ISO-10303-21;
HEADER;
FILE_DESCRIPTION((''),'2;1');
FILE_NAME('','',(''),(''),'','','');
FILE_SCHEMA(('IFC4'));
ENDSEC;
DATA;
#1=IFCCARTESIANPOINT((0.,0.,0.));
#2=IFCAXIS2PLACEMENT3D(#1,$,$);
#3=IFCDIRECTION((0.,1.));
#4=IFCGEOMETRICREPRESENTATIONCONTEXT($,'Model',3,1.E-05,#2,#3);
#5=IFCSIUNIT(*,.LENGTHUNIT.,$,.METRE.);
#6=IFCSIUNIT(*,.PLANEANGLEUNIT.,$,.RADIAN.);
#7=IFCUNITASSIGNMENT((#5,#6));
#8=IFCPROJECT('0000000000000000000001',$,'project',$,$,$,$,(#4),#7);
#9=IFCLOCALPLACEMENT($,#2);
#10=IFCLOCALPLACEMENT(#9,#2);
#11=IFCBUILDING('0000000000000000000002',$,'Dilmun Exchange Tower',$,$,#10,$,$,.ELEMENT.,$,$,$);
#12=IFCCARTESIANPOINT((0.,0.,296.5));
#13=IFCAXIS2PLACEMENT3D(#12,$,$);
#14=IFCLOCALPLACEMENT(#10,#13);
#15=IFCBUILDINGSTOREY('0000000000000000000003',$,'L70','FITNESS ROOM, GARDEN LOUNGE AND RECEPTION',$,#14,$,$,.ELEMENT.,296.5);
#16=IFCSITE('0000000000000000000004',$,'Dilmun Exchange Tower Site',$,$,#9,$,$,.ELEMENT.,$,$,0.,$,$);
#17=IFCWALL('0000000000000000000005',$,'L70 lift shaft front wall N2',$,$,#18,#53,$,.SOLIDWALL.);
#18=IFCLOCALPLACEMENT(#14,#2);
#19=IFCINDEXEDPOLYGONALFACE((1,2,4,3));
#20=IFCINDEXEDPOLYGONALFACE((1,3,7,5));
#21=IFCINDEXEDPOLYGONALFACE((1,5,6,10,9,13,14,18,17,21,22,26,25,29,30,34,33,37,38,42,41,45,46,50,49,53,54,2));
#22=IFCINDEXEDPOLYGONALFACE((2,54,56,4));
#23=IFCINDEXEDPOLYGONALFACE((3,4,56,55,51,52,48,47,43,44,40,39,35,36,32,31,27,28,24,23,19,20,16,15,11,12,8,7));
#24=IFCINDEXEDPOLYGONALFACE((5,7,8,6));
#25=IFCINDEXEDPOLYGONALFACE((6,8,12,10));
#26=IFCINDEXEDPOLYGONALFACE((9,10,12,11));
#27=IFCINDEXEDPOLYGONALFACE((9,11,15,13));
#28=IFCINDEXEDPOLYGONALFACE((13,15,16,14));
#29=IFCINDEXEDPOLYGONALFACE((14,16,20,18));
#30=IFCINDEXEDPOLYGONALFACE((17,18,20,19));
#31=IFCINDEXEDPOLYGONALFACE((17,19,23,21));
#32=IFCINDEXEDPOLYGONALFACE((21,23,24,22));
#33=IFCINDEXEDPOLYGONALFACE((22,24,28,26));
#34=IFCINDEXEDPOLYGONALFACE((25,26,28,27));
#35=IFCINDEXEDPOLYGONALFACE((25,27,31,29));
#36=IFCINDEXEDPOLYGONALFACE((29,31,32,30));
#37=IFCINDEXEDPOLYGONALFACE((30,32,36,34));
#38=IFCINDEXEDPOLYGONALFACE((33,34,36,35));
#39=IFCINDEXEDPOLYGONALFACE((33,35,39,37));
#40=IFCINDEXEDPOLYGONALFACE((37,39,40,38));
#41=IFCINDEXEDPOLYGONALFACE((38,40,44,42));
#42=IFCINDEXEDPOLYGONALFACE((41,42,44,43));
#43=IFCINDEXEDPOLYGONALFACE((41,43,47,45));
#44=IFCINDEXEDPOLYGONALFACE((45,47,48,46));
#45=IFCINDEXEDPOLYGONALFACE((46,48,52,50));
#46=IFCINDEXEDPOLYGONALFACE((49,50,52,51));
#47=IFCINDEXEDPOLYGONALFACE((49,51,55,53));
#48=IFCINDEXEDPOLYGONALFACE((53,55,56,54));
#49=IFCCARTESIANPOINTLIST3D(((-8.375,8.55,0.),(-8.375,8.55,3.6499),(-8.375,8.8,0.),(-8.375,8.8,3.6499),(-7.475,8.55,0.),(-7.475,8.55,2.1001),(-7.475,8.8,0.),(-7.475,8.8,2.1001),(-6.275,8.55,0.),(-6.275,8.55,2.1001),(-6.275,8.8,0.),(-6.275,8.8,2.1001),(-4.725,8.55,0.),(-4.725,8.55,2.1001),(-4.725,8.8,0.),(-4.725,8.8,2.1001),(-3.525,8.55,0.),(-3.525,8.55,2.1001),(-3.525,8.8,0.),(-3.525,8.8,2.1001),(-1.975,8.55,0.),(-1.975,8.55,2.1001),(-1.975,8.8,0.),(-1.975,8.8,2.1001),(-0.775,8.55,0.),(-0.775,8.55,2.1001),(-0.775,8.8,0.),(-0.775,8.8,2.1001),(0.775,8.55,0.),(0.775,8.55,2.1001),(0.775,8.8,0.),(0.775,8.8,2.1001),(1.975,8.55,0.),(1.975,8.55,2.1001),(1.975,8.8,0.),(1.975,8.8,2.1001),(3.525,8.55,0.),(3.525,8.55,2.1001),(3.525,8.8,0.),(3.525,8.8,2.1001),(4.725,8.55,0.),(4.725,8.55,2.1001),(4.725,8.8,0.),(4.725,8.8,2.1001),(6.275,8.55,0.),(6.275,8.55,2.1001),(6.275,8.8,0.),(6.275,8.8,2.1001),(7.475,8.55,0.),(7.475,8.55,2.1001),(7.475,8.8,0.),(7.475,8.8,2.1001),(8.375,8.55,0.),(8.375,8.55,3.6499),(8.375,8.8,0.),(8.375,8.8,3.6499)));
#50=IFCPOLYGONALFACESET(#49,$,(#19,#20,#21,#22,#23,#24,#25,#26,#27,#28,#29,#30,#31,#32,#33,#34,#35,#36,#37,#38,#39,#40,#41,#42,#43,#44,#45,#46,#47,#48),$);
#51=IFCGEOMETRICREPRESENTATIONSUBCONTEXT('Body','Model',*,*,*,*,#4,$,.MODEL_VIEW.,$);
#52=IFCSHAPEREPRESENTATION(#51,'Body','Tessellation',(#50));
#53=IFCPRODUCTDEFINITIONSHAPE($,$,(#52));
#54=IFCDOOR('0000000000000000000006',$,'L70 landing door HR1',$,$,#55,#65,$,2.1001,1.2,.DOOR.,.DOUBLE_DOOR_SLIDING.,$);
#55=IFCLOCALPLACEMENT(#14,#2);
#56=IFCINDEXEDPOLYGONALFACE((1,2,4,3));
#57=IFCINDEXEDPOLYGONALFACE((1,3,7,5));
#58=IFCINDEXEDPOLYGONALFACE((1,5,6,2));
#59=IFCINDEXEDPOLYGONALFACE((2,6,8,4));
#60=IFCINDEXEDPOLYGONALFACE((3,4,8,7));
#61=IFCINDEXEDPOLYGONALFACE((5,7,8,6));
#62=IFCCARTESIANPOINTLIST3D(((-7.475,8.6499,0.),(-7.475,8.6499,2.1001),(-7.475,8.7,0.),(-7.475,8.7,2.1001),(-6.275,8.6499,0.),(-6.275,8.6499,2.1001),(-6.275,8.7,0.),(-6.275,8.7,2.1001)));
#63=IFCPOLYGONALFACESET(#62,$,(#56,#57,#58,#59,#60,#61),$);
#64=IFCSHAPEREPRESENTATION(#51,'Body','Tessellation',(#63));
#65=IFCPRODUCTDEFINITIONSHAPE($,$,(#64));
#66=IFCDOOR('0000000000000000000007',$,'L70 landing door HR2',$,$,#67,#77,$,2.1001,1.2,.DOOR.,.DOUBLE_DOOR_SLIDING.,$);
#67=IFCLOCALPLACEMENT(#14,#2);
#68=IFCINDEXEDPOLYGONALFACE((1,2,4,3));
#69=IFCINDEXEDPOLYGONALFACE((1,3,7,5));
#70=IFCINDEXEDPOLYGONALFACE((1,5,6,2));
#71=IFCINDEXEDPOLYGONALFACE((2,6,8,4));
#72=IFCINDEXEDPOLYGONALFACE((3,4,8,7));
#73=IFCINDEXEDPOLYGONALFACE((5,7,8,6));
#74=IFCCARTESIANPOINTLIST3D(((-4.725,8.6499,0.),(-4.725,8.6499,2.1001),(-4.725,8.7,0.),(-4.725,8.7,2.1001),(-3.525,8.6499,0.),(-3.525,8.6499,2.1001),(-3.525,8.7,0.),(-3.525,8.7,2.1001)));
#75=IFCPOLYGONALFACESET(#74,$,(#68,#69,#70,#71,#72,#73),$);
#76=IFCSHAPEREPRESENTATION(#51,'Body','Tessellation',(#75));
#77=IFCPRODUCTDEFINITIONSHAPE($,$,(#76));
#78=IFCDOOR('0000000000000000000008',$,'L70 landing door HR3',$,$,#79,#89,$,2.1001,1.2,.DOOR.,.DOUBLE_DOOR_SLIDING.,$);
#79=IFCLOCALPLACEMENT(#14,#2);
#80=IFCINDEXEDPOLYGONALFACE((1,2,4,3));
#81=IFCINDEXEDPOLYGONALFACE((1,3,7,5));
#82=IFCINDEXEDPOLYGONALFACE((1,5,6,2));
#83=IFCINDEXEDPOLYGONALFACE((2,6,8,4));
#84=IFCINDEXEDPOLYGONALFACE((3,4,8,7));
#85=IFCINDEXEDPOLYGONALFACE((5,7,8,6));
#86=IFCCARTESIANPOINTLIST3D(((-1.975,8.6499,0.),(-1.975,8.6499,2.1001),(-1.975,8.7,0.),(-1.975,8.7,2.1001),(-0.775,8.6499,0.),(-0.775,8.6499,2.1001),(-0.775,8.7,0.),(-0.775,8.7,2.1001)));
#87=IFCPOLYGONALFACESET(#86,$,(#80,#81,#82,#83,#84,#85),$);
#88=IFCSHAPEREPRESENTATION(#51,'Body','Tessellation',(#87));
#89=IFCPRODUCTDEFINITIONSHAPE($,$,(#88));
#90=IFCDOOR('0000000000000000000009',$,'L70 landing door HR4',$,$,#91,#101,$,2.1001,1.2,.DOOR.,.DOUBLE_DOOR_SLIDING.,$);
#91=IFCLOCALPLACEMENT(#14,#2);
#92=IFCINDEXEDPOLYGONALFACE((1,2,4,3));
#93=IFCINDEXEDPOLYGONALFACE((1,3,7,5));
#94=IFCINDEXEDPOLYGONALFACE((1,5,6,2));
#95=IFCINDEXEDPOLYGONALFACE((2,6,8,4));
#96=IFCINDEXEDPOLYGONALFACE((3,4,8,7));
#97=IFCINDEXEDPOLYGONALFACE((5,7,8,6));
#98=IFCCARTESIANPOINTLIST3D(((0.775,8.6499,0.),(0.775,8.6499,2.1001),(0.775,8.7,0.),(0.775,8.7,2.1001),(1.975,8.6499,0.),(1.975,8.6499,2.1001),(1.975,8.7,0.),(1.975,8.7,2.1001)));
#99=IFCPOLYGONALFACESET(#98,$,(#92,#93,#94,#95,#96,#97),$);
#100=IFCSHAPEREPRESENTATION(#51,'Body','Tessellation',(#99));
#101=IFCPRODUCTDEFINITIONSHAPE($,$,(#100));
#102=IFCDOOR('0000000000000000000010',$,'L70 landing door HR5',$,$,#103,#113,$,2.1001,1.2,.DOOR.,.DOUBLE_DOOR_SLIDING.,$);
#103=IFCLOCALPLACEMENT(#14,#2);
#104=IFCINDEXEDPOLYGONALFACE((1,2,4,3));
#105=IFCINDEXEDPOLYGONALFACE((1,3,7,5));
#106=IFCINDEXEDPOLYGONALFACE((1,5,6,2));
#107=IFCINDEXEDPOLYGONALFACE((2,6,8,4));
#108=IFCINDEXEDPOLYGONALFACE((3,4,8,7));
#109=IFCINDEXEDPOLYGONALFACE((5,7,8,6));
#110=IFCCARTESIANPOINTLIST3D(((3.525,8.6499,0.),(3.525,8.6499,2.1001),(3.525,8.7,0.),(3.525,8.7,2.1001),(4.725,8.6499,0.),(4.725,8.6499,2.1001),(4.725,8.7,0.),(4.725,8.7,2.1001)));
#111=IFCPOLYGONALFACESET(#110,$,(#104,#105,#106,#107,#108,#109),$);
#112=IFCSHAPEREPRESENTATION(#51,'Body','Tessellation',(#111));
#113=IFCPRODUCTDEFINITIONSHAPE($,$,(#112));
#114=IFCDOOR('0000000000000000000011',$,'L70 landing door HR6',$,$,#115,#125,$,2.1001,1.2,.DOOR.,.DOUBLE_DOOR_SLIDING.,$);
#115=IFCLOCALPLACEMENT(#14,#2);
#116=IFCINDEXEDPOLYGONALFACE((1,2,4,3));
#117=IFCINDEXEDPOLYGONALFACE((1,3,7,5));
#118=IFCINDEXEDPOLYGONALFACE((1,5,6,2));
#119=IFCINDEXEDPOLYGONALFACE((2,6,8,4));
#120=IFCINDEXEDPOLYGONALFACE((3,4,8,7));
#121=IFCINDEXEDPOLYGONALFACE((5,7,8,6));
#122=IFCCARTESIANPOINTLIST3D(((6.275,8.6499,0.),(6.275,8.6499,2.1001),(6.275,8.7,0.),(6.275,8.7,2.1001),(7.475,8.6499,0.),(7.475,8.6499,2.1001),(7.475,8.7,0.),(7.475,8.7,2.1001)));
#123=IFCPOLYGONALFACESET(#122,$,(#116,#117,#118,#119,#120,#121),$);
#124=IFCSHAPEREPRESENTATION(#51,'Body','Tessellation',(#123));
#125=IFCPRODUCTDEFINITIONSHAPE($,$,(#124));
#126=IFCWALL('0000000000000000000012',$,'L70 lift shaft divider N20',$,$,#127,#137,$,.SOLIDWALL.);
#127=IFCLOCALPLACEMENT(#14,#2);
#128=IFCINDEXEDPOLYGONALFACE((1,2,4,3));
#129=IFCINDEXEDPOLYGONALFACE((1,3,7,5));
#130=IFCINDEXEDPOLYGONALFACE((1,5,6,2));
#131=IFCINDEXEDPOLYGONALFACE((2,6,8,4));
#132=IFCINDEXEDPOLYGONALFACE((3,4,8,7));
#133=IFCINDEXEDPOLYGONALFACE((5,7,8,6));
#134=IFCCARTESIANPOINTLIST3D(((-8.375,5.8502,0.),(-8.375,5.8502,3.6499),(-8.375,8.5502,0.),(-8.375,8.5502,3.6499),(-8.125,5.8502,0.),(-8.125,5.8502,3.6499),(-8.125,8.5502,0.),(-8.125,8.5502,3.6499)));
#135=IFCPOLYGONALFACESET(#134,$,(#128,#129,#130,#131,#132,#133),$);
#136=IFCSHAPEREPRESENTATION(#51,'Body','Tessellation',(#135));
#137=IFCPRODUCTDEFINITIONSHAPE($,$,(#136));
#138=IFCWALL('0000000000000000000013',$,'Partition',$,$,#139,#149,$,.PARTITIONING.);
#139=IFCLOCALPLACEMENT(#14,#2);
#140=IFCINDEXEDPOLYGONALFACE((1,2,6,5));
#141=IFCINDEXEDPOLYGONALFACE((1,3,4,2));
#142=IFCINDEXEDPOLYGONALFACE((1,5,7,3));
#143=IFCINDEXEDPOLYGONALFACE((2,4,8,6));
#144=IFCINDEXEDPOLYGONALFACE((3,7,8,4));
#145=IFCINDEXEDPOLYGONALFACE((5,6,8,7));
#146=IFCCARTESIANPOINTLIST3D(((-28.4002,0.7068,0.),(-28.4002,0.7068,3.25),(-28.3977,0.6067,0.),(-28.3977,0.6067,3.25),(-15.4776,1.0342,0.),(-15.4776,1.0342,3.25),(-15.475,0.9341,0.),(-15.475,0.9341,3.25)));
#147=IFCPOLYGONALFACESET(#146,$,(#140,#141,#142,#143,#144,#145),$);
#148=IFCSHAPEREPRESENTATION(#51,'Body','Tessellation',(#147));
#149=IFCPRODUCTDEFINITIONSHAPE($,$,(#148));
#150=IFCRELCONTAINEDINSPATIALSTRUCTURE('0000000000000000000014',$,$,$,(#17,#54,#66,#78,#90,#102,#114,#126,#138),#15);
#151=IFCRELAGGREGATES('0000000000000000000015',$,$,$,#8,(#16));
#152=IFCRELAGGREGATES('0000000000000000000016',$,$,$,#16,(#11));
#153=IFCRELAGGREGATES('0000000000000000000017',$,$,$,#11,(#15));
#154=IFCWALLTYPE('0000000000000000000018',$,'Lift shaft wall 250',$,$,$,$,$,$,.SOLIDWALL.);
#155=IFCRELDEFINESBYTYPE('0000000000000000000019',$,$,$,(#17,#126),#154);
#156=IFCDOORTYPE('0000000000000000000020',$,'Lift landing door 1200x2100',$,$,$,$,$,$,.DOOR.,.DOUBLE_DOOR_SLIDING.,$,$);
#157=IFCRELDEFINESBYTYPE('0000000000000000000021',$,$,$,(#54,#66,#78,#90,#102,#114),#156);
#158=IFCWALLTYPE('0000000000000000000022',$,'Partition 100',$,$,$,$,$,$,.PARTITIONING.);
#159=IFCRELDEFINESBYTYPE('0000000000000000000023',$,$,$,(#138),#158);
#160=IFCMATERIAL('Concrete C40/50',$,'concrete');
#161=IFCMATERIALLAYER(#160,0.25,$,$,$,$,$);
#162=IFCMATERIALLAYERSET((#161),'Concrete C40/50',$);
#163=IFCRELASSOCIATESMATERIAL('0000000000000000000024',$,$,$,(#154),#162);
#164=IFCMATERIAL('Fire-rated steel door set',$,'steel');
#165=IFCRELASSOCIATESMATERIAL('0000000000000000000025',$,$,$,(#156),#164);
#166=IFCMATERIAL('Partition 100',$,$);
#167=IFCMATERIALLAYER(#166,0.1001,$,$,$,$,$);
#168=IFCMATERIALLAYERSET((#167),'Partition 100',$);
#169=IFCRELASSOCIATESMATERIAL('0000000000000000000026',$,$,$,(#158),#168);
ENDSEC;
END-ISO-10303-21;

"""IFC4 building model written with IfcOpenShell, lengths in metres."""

from ifc_helpers import new_model, si_unit, direction, frame, frame_2d, origin, place, context, subcontext, project, spatial, rectangle, extrude, material, layer, layer_set, type_object, element, fill, save


model = new_model("IFC4")

# Units and contexts
model_context = context("Model", 3, precision=1e-05, world=origin(), true_north=direction((0.0, 1.0)))
body_context = subcontext(model_context, "Body", "Model", "MODEL_VIEW")
ifc_project = project(units=[si_unit("LENGTHUNIT", "METRE"), si_unit("PLANEANGLEUNIT", "RADIAN")], contexts=[model_context])

# Site, building, storey
site_placement = place(None, origin())
site = spatial("IfcSite", under=ifc_project, at=site_placement, Name="Dilmun Exchange Tower Site", CompositionType="ELEMENT", RefElevation=0.0)
building_placement = place(site_placement, origin())
building = spatial("IfcBuilding", under=site, at=building_placement, Name="Dilmun Exchange Tower", CompositionType="ELEMENT")
storey_placement = place(building_placement, frame((0.0, 0.0, 296.5)))
storey = spatial("IfcBuildingStorey", under=building, at=storey_placement, Name="L70", Description="FITNESS ROOM, GARDEN LOUNGE AND RECEPTION", CompositionType="ELEMENT", Elevation=296.5)

# Shared definitions
ifc_material_1 = material(Name="Concrete C40/50", Category="concrete")

# Shared definitions
ifc_material_2 = material(Name="Fire-rated steel door set", Category="steel")

# Wall, openings, doors
ifc_layer_1 = layer(ifc_material_1, 0.25)
ifc_layer_set_1 = layer_set([ifc_layer_1], Name="Concrete C40/50")
wall_type_1 = type_object("IfcWallType", Name="Lift shaft wall 250", PredefinedType="SOLIDWALL", material=ifc_layer_set_1)
wall_1_placement = place(storey_placement, frame((-8.375, 8.675, 0.0), z_axis=(0.0, 0.0, 1.0), x_axis=(1.0, 0.0, 0.0)))
wall_1 = element("IfcWall", 1, at=wall_1_placement, inside=storey, type_object=wall_type_1, Name="L70 lift shaft front wall N2", PredefinedType="SOLIDWALL", context=body_context, shape_type="SweptSolid", body=[
    extrude(rectangle(XDim=16.75, YDim=0.25, at=frame_2d((8.375, 0.0))), origin(), (0.0, 0.0, 1.0), 3.6499),
])
opening_1_placement = place(wall_1_placement, frame((0.8999, 0.0, 0.0)))
opening_1 = element("IfcOpeningElement", 2, at=opening_1_placement, cuts=wall_1, PredefinedType="OPENING", context=body_context, shape_type="SweptSolid", body=[
    extrude(rectangle(XDim=1.2, YDim=2.1001, at=frame_2d((0.6001, 1.05))), frame((0.0, 0.135, 0.0), z_axis=(0.0, -1.0, 0.0), x_axis=(1.0, 0.0, 0.0)), (0.0, 0.0, 1.0), 0.27),
])
opening_2_placement = place(wall_1_placement, frame((3.6499, 0.0, 0.0)))
opening_2 = element("IfcOpeningElement", 3, at=opening_2_placement, cuts=wall_1, PredefinedType="OPENING", context=body_context, shape_type="SweptSolid", body=[
    extrude(rectangle(XDim=1.2, YDim=2.1001, at=frame_2d((0.6001, 1.05))), frame((0.0, 0.135, 0.0), z_axis=(0.0, -1.0, 0.0), x_axis=(1.0, 0.0, 0.0)), (0.0, 0.0, 1.0), 0.27),
])
opening_3_placement = place(wall_1_placement, frame((6.3999, 0.0, 0.0)))
opening_3 = element("IfcOpeningElement", 4, at=opening_3_placement, cuts=wall_1, PredefinedType="OPENING", context=body_context, shape_type="SweptSolid", body=[
    extrude(rectangle(XDim=1.2, YDim=2.1001, at=frame_2d((0.6001, 1.05))), frame((0.0, 0.135, 0.0), z_axis=(0.0, -1.0, 0.0), x_axis=(1.0, 0.0, 0.0)), (0.0, 0.0, 1.0), 0.27),
])
opening_4_placement = place(wall_1_placement, frame((9.1499, 0.0, 0.0)))
opening_4 = element("IfcOpeningElement", 5, at=opening_4_placement, cuts=wall_1, PredefinedType="OPENING", context=body_context, shape_type="SweptSolid", body=[
    extrude(rectangle(XDim=1.2, YDim=2.1001, at=frame_2d((0.6001, 1.05))), frame((0.0, 0.135, 0.0), z_axis=(0.0, -1.0, 0.0), x_axis=(1.0, 0.0, 0.0)), (0.0, 0.0, 1.0), 0.27),
])
opening_5_placement = place(wall_1_placement, frame((11.8999, 0.0, 0.0)))
opening_5 = element("IfcOpeningElement", 6, at=opening_5_placement, cuts=wall_1, PredefinedType="OPENING", context=body_context, shape_type="SweptSolid", body=[
    extrude(rectangle(XDim=1.2, YDim=2.1001, at=frame_2d((0.6001, 1.05))), frame((0.0, 0.135, 0.0), z_axis=(0.0, -1.0, 0.0), x_axis=(1.0, 0.0, 0.0)), (0.0, 0.0, 1.0), 0.27),
])
opening_6_placement = place(wall_1_placement, frame((14.6499, 0.0, 0.0)))
opening_6 = element("IfcOpeningElement", 7, at=opening_6_placement, cuts=wall_1, PredefinedType="OPENING", context=body_context, shape_type="SweptSolid", body=[
    extrude(rectangle(XDim=1.2, YDim=2.1001, at=frame_2d((0.6001, 1.05))), frame((0.0, 0.135, 0.0), z_axis=(0.0, -1.0, 0.0), x_axis=(1.0, 0.0, 0.0)), (0.0, 0.0, 1.0), 0.27),
])
door_type_1 = type_object("IfcDoorType", Name="Lift landing door 1200x2100", OperationType="DOUBLE_DOOR_SLIDING", PredefinedType="DOOR", material=ifc_material_2)
door_1_placement = place(opening_1_placement, origin())
door_1 = element("IfcDoor", 8, at=door_1_placement, inside=storey, type_object=door_type_1, Name="L70 landing door HR1", OperationType="DOUBLE_DOOR_SLIDING", OverallHeight=2.1001, OverallWidth=1.2, PredefinedType="DOOR", context=body_context, shape_type="SweptSolid", body=[
    extrude(rectangle(XDim=1.2, YDim=2.1001, at=frame_2d((0.6001, 1.05))), frame((0.0, 0.0249, 0.0), z_axis=(0.0, -1.0, 0.0), x_axis=(1.0, 0.0, 0.0)), (0.0, 0.0, 1.0), 0.05),
])
fill(opening_1, door_1)
door_2_placement = place(opening_2_placement, origin())
door_2 = element("IfcDoor", 9, at=door_2_placement, inside=storey, type_object=door_type_1, Name="L70 landing door HR2", OperationType="DOUBLE_DOOR_SLIDING", OverallHeight=2.1001, OverallWidth=1.2, PredefinedType="DOOR", context=body_context, shape_type="SweptSolid", body=[
    extrude(rectangle(XDim=1.2, YDim=2.1001, at=frame_2d((0.6001, 1.05))), frame((0.0, 0.0249, 0.0), z_axis=(0.0, -1.0, 0.0), x_axis=(1.0, 0.0, 0.0)), (0.0, 0.0, 1.0), 0.05),
])
fill(opening_2, door_2)
door_3_placement = place(opening_3_placement, origin())
door_3 = element("IfcDoor", 10, at=door_3_placement, inside=storey, type_object=door_type_1, Name="L70 landing door HR3", OperationType="DOUBLE_DOOR_SLIDING", OverallHeight=2.1001, OverallWidth=1.2, PredefinedType="DOOR", context=body_context, shape_type="SweptSolid", body=[
    extrude(rectangle(XDim=1.2, YDim=2.1001, at=frame_2d((0.6001, 1.05))), frame((0.0, 0.0249, 0.0), z_axis=(0.0, -1.0, 0.0), x_axis=(1.0, 0.0, 0.0)), (0.0, 0.0, 1.0), 0.05),
])
fill(opening_3, door_3)
door_4_placement = place(opening_4_placement, origin())
door_4 = element("IfcDoor", 11, at=door_4_placement, inside=storey, type_object=door_type_1, Name="L70 landing door HR4", OperationType="DOUBLE_DOOR_SLIDING", OverallHeight=2.1001, OverallWidth=1.2, PredefinedType="DOOR", context=body_context, shape_type="SweptSolid", body=[
    extrude(rectangle(XDim=1.2, YDim=2.1001, at=frame_2d((0.6001, 1.05))), frame((0.0, 0.0249, 0.0), z_axis=(0.0, -1.0, 0.0), x_axis=(1.0, 0.0, 0.0)), (0.0, 0.0, 1.0), 0.05),
])
fill(opening_4, door_4)
door_5_placement = place(opening_5_placement, origin())
door_5 = element("IfcDoor", 12, at=door_5_placement, inside=storey, type_object=door_type_1, Name="L70 landing door HR5", OperationType="DOUBLE_DOOR_SLIDING", OverallHeight=2.1001, OverallWidth=1.2, PredefinedType="DOOR", context=body_context, shape_type="SweptSolid", body=[
    extrude(rectangle(XDim=1.2, YDim=2.1001, at=frame_2d((0.6001, 1.05))), frame((0.0, 0.0249, 0.0), z_axis=(0.0, -1.0, 0.0), x_axis=(1.0, 0.0, 0.0)), (0.0, 0.0, 1.0), 0.05),
])
fill(opening_5, door_5)
door_6_placement = place(opening_6_placement, origin())
door_6 = element("IfcDoor", 13, at=door_6_placement, inside=storey, type_object=door_type_1, Name="L70 landing door HR6", OperationType="DOUBLE_DOOR_SLIDING", OverallHeight=2.1001, OverallWidth=1.2, PredefinedType="DOOR", context=body_context, shape_type="SweptSolid", body=[
    extrude(rectangle(XDim=1.2, YDim=2.1001, at=frame_2d((0.6001, 1.05))), frame((0.0, 0.0249, 0.0), z_axis=(0.0, -1.0, 0.0), x_axis=(1.0, 0.0, 0.0)), (0.0, 0.0, 1.0), 0.05),
])
fill(opening_6, door_6)

# Walls
wall_2_placement = place(storey_placement, frame((-8.25, 5.8501, 0.0), z_axis=(0.0, 0.0, 1.0), x_axis=(0.0, 1.0, 0.0)))
element("IfcWall", 14, at=wall_2_placement, inside=storey, type_object=wall_type_1, Name="L70 lift shaft divider N20", PredefinedType="SOLIDWALL", context=body_context, shape_type="SweptSolid", body=[
    extrude(rectangle(XDim=2.7, YDim=0.25, at=frame_2d((1.3501, 0.0))), origin(), (0.0, 0.0, 1.0), 3.6499),
])
ifc_material_3 = material(Name="Partition 100")
ifc_layer_2 = layer(ifc_material_3, 0.1001)
ifc_layer_set_2 = layer_set([ifc_layer_2], Name="Partition 100")
wall_type_2 = type_object("IfcWallType", Name="Partition 100", PredefinedType="PARTITIONING", material=ifc_layer_set_2)
wall_3_placement = place(storey_placement, frame((-28.3989, 0.6567, 0.0), z_axis=(0.0, 0.0, 1.0), x_axis=(0.999679, 0.025327, 0.0)))
element("IfcWall", 15, at=wall_3_placement, inside=storey, type_object=wall_type_2, Name="Partition", PredefinedType="PARTITIONING", context=body_context, shape_type="SweptSolid", body=[
    extrude(rectangle(XDim=12.9268, YDim=0.1001, at=frame_2d((6.4634, 0.0))), origin(), (0.0, 0.0, 1.0), 3.25),
])

save(model, "model.ifc")
